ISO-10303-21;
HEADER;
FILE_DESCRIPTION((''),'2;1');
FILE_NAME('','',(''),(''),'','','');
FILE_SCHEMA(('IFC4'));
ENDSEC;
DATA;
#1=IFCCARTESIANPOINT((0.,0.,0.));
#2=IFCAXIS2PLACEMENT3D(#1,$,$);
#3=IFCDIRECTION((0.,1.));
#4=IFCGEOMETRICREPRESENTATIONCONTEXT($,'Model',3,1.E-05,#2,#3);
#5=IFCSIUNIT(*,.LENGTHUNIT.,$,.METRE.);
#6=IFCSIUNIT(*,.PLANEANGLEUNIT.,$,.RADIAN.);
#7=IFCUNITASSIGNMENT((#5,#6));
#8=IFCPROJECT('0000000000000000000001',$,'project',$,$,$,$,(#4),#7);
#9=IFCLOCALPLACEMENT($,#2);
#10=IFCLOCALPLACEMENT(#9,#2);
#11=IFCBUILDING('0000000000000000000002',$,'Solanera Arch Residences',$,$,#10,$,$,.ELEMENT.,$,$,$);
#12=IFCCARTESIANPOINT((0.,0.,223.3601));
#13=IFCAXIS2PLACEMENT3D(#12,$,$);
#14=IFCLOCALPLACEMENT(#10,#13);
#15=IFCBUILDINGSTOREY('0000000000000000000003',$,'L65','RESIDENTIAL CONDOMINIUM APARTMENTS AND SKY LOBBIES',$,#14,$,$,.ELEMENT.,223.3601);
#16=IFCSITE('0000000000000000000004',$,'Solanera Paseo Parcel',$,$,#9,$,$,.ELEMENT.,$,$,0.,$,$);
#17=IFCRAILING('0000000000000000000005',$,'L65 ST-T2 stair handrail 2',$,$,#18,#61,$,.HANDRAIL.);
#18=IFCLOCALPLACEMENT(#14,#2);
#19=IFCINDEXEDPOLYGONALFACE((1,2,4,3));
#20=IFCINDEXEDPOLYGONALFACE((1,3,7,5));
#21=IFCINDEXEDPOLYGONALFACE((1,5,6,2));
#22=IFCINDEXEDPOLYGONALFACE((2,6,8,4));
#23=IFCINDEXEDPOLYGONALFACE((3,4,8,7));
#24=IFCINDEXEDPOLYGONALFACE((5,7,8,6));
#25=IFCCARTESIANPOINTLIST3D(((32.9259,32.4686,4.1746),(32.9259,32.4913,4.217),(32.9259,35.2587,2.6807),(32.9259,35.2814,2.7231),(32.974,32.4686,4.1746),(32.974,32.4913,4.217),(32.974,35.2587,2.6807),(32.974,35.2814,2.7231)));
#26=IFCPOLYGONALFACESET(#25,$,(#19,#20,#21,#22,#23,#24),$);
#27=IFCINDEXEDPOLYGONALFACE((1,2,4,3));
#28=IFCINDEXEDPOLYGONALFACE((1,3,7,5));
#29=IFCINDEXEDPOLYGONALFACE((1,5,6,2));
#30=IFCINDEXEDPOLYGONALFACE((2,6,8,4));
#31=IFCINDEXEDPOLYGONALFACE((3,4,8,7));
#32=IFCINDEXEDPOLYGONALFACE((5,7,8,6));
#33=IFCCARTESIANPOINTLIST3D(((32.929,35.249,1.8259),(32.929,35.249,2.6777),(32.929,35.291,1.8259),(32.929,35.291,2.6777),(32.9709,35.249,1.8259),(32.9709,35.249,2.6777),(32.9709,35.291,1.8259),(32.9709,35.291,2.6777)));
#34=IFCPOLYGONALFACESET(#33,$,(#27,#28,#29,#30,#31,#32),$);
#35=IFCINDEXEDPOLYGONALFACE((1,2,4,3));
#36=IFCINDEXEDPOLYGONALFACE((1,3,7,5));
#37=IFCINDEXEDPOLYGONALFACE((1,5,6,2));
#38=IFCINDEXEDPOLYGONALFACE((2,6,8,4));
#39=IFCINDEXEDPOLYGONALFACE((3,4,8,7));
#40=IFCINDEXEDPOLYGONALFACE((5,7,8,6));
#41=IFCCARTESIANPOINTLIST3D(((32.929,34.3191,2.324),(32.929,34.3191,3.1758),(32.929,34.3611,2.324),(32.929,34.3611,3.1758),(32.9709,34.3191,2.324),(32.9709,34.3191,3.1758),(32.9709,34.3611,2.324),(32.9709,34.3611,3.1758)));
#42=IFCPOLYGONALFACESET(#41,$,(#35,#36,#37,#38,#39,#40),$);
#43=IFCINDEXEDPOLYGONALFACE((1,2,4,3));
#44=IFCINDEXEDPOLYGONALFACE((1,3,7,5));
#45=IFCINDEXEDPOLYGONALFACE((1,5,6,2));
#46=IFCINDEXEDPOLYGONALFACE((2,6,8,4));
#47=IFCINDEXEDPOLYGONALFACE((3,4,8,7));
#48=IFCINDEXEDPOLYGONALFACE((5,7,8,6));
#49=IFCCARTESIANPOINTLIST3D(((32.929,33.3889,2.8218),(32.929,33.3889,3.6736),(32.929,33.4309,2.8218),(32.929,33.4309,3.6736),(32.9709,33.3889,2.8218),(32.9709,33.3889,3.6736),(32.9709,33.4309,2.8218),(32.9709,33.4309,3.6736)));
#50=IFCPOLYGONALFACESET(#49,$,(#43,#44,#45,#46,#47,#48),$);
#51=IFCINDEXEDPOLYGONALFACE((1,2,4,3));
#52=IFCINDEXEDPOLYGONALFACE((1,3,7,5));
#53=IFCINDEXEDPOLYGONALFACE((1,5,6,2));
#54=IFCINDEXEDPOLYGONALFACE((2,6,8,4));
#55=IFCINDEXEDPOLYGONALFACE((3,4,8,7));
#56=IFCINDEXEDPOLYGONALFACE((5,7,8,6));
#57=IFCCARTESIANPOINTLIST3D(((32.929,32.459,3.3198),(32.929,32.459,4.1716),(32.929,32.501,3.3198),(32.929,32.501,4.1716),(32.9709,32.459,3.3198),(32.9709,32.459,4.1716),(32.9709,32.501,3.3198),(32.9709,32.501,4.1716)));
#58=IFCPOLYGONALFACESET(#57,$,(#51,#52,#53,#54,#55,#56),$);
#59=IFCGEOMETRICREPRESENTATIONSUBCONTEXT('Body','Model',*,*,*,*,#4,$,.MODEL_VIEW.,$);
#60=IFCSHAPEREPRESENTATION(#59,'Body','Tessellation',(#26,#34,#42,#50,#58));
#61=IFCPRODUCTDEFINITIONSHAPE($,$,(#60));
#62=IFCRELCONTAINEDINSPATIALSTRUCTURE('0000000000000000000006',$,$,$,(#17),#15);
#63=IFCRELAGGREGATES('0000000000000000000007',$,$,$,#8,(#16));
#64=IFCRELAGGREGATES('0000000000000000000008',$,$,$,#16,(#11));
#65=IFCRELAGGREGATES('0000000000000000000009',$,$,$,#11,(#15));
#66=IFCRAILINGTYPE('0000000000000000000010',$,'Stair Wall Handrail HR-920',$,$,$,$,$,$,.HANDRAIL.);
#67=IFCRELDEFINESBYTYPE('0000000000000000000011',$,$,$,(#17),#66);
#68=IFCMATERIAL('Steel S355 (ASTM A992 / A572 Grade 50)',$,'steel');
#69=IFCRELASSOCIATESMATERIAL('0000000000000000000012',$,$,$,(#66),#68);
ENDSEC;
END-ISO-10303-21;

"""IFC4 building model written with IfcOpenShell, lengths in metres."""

from ifc_helpers import new_model, si_unit, direction, frame, origin, origin_2d, place, context, subcontext, project, spatial, rectangle, extrude, material, type_object, element, save


model = new_model("IFC4")

# Units and contexts
model_context = context("Model", 3, precision=1e-05, world=origin(), true_north=direction((0.0, 1.0)))
body_context = subcontext(model_context, "Body", "Model", "MODEL_VIEW")
ifc_project = project(units=[si_unit("LENGTHUNIT", "METRE"), si_unit("PLANEANGLEUNIT", "RADIAN")], contexts=[model_context])

# Site, building, storey
site_placement = place(None, origin())
site = spatial("IfcSite", under=ifc_project, at=site_placement, Name="Solanera Paseo Parcel", CompositionType="ELEMENT", RefElevation=0.0)
building_placement = place(site_placement, origin())
building = spatial("IfcBuilding", under=site, at=building_placement, Name="Solanera Arch Residences", CompositionType="ELEMENT")
storey_placement = place(building_placement, frame((0.0, 0.0, 223.3601)))
storey = spatial("IfcBuildingStorey", under=building, at=storey_placement, Name="L65", Description="RESIDENTIAL CONDOMINIUM APARTMENTS AND SKY LOBBIES", CompositionType="ELEMENT", Elevation=223.3601)

# Railing
ifc_material_1 = material(Name="Steel S355 (ASTM A992 / A572 Grade 50)", Category="steel")
railing_type_1 = type_object("IfcRailingType", Name="Stair Wall Handrail HR-920", PredefinedType="HANDRAIL", material=ifc_material_1)
railing_1_placement = place(storey_placement, frame((32.95, 35.27, 1.8259)))
element("IfcRailing", 1, at=railing_1_placement, inside=storey, type_object=railing_type_1, Name="L65 ST-T2 stair handrail 2", PredefinedType="HANDRAIL", context=body_context, shape_type="SweptSolid", body=[
    extrude(rectangle(XDim=0.0481, YDim=0.0481, at=origin_2d()), frame((0.0, 0.0, 0.876), z_axis=(0.0, -0.881581, 0.472033), x_axis=(1.0, 0.0, 0.0)), (0.0, 0.0, 1.0), 3.1648),
    extrude(rectangle(XDim=0.042, YDim=0.042, at=origin_2d()), origin(), (0.0, 0.0, 1.0), 0.8518),
    extrude(rectangle(XDim=0.042, YDim=0.042, at=origin_2d()), frame((0.0, -0.9299, 0.498)), (0.0, 0.0, 1.0), 0.8518),
    extrude(rectangle(XDim=0.042, YDim=0.042, at=origin_2d()), frame((0.0, -1.8601, 0.9958)), (0.0, 0.0, 1.0), 0.8518),
    extrude(rectangle(XDim=0.042, YDim=0.042, at=origin_2d()), frame((0.0, -2.79, 1.4939)), (0.0, 0.0, 1.0), 0.8518),
])

save(model, "model.ifc")
